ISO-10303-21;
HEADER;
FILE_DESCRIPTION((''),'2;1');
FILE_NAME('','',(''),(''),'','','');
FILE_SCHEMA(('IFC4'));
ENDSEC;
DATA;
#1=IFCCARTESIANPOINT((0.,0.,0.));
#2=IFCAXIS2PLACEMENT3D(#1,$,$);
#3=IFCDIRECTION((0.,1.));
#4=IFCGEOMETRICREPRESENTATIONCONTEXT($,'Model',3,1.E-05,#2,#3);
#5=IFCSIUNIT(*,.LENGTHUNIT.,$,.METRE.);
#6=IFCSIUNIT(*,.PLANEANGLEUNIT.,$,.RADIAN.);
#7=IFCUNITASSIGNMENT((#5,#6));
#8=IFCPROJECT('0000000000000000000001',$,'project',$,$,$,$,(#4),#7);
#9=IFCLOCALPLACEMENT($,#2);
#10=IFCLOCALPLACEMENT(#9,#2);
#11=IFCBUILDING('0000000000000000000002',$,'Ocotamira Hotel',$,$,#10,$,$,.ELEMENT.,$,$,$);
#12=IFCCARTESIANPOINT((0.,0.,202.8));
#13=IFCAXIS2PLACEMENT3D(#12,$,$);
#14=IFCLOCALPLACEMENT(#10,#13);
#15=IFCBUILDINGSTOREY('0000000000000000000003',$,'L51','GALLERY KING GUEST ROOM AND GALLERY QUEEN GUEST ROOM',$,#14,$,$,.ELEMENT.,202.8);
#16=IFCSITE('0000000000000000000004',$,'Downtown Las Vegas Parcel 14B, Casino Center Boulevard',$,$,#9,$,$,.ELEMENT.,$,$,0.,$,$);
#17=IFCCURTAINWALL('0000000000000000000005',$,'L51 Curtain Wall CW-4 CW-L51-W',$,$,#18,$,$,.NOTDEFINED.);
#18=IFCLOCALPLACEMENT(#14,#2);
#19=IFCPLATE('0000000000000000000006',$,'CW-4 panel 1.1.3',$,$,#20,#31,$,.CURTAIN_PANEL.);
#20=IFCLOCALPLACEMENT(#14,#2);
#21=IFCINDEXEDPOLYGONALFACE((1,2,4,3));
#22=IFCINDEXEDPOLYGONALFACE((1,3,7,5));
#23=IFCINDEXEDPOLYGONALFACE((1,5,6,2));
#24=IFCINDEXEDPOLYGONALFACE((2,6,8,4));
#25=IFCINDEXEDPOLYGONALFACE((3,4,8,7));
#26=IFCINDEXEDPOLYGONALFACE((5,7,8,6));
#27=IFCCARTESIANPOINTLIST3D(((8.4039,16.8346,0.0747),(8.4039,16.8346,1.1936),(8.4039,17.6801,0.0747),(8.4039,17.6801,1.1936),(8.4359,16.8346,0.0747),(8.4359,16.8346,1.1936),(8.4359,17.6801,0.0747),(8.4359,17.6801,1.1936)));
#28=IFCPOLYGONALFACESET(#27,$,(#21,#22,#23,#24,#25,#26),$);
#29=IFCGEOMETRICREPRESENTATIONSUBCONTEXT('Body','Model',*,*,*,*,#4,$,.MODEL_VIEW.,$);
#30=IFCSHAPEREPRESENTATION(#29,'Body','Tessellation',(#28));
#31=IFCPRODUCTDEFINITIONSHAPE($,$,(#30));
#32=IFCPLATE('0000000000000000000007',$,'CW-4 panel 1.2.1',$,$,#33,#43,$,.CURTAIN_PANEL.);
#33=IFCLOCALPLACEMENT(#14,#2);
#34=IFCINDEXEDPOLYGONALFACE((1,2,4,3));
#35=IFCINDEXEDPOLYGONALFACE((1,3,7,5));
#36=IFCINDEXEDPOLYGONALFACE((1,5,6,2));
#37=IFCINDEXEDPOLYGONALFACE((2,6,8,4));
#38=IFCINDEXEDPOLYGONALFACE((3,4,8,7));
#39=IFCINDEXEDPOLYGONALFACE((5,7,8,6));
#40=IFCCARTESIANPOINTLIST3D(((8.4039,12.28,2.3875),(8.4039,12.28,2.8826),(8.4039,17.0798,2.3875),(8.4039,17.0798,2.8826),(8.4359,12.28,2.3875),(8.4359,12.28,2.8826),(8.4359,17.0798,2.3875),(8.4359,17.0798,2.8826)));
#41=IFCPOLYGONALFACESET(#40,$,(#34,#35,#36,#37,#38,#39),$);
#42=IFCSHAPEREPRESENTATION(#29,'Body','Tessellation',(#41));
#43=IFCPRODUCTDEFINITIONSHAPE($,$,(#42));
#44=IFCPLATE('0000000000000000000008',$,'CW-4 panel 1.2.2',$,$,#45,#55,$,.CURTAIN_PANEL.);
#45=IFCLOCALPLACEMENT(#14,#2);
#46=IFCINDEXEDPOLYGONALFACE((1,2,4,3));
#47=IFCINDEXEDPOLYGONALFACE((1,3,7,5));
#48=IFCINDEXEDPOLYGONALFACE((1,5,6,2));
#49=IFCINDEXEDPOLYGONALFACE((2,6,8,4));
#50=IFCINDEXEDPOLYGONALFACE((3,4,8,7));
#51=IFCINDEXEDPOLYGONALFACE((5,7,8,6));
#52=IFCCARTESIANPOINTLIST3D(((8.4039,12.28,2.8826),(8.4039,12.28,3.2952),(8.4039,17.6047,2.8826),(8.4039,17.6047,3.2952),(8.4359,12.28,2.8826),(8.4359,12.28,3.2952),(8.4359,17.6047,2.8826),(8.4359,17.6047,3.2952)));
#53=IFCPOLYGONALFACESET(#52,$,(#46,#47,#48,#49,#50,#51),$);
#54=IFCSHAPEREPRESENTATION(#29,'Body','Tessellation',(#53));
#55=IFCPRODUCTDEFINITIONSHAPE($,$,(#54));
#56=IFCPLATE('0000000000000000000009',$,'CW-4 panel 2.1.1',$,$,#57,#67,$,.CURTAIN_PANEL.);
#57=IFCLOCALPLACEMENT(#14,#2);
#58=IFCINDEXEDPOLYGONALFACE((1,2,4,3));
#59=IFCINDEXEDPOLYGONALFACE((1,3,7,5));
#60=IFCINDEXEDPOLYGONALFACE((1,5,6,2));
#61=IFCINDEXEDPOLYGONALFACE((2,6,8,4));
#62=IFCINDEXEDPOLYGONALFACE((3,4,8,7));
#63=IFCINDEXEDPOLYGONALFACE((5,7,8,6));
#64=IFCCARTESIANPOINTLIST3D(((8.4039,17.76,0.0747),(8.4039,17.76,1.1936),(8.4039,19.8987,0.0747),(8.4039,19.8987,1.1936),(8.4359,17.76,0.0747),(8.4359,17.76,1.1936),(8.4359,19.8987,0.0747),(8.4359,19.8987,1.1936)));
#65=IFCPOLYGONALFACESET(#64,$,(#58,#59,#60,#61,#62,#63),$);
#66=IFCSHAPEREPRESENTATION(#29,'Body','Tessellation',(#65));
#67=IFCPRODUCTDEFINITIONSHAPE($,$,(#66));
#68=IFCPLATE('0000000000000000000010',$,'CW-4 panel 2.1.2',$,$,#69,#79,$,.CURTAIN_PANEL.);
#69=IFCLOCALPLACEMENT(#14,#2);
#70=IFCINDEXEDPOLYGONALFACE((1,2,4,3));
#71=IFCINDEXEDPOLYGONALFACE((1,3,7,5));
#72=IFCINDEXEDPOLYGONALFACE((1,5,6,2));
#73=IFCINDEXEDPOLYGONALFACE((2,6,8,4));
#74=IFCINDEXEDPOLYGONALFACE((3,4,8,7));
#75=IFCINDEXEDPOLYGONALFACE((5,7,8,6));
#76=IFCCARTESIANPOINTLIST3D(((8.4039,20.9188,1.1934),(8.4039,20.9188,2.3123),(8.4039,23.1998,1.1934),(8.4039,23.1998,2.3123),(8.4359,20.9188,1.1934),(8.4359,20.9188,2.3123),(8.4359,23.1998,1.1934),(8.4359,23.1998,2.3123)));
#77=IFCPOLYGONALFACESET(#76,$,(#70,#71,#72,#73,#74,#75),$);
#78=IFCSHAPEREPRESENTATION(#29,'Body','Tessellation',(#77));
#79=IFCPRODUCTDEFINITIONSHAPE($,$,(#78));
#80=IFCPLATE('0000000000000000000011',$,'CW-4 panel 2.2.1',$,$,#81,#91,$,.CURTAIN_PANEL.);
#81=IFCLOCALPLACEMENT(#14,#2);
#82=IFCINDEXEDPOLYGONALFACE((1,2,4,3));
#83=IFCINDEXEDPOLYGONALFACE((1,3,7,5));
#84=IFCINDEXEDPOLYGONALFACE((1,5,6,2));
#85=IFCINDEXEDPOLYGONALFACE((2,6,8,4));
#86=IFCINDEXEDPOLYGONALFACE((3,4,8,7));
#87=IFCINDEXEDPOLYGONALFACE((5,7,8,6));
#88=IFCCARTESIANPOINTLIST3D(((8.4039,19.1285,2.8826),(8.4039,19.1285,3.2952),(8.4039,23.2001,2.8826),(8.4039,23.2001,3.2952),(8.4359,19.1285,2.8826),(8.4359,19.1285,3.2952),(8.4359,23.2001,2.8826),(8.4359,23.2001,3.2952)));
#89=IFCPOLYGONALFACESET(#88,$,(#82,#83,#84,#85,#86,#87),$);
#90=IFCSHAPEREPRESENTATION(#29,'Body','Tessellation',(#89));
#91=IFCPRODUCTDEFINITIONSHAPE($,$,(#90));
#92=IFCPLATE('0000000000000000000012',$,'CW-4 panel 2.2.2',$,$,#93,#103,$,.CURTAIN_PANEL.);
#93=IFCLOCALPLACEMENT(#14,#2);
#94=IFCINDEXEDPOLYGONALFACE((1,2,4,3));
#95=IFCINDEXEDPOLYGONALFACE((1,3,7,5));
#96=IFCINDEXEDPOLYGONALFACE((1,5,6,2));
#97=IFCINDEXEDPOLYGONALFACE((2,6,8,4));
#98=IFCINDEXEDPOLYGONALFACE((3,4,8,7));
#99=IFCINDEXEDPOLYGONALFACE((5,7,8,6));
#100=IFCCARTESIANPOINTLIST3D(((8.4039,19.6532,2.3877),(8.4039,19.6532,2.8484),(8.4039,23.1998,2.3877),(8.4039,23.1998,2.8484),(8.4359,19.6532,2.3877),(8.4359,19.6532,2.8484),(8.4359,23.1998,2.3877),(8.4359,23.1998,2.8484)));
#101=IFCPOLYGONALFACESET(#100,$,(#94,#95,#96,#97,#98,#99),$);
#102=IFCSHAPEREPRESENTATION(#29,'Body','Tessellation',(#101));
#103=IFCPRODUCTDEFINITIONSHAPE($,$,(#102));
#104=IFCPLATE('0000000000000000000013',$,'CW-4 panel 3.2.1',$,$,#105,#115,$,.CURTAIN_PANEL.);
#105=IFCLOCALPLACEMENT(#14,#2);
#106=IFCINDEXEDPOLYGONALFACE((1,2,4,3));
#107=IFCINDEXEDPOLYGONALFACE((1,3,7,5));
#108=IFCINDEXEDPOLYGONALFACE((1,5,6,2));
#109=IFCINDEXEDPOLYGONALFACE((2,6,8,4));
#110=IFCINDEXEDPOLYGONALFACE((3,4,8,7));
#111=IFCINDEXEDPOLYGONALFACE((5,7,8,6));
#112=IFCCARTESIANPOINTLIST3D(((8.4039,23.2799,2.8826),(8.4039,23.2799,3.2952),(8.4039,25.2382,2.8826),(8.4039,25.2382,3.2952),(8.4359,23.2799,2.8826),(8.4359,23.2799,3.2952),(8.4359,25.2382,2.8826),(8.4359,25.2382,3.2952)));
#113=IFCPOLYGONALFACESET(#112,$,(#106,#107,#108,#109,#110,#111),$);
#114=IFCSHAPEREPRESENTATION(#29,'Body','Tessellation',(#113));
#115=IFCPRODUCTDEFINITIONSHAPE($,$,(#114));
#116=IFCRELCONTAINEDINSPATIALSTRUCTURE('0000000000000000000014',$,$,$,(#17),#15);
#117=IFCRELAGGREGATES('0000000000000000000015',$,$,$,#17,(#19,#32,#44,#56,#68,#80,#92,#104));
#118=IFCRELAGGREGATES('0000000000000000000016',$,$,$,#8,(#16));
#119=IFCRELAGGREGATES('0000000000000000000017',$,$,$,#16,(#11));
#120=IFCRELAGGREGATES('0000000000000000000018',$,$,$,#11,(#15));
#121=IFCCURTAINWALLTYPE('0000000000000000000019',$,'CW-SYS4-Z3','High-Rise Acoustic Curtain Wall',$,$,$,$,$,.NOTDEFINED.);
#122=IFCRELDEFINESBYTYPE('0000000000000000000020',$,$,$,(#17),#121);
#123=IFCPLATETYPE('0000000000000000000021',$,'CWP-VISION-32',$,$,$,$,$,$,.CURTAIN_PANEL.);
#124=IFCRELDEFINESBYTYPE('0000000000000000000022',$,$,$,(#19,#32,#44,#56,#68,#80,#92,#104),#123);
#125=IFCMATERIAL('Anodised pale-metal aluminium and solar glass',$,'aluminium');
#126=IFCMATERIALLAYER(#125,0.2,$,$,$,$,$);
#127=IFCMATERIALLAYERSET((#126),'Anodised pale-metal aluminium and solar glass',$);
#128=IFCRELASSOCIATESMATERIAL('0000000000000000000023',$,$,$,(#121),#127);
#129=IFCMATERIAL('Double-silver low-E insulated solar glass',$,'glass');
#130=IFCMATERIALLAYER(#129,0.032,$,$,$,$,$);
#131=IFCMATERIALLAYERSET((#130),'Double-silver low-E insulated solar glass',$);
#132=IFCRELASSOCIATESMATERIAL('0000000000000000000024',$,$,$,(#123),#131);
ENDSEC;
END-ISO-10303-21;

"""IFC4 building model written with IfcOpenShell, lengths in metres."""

from ifc_helpers import new_model, si_unit, direction, frame, origin, origin_2d, place, context, subcontext, project, spatial, rectangle, extrude, source, transform, mapped, material, layer, layer_set, type_object, element, aggregate, save


model = new_model("IFC4")

# Units and contexts
model_context = context("Model", 3, precision=1e-05, world=origin(), true_north=direction((0.0, 1.0)))
body_context = subcontext(model_context, "Body", "Model", "MODEL_VIEW")
ifc_project = project(units=[si_unit("LENGTHUNIT", "METRE"), si_unit("PLANEANGLEUNIT", "RADIAN")], contexts=[model_context])

# Site, building, storey
site_placement = place(None, origin())
site = spatial("IfcSite", under=ifc_project, at=site_placement, Name="Downtown Las Vegas Parcel 14B, Casino Center Boulevard", CompositionType="ELEMENT", RefElevation=0.0)
building_placement = place(site_placement, origin())
building = spatial("IfcBuilding", under=site, at=building_placement, Name="Ocotamira Hotel", CompositionType="ELEMENT")
storey_placement = place(building_placement, frame((0.0, 0.0, 202.8)))
storey = spatial("IfcBuildingStorey", under=building, at=storey_placement, Name="L51", Description="GALLERY KING GUEST ROOM AND GALLERY QUEEN GUEST ROOM", CompositionType="ELEMENT", Elevation=202.8)

# Curtain wall
ifc_material_1 = material(Name="Anodised pale-metal aluminium and solar glass", Category="aluminium")
ifc_layer_1 = layer(ifc_material_1, 0.2)
ifc_layer_set_1 = layer_set([ifc_layer_1], Name="Anodised pale-metal aluminium and solar glass")
curtain_wall_type = type_object("IfcCurtainWallType", Name="CW-SYS4-Z3", Description="High-Rise Acoustic Curtain Wall", PredefinedType="NOTDEFINED", material=ifc_layer_set_1)
curtain_wall_placement = place(storey_placement, origin())
curtain_wall = element("IfcCurtainWall", 1, at=curtain_wall_placement, inside=storey, type_object=curtain_wall_type, Name="L51 Curtain Wall CW-4 CW-L51-W", PredefinedType="NOTDEFINED")

# Plates
ifc_material_2 = material(Name="Double-silver low-E insulated solar glass", Category="glass")
ifc_layer_2 = layer(ifc_material_2, 0.032)
ifc_layer_set_2 = layer_set([ifc_layer_2], Name="Double-silver low-E insulated solar glass")
plate_type_1 = type_object("IfcPlateType", Name="CWP-VISION-32", PredefinedType="CURTAIN_PANEL", material=ifc_layer_set_2)
shared_shape_1 = source(origin(), body_context, "Body", "SweptSolid", [
    extrude(rectangle(XDim=0.8455, YDim=0.032, at=origin_2d()), origin(), (0.0, 0.0, 1.0), 1.1189),
])
plate_1_placement = place(storey_placement, frame((8.4199, 17.2573, 0.0747), z_axis=(0.0, 0.0, 1.0), x_axis=(0.0, 1.0, 0.0)))
plate_1 = element("IfcPlate", 2, at=plate_1_placement, type_object=plate_type_1, Name="CW-4 panel 1.1.3", PredefinedType="CURTAIN_PANEL", context=body_context, shape_type="MappedRepresentation", body=[
    mapped(shared_shape_1, transform((0.0, 0.0, 0.0), scale=1.0)),
])
shared_shape_2 = source(origin(), body_context, "Body", "SweptSolid", [
    extrude(rectangle(XDim=4.7998, YDim=0.032, at=origin_2d()), origin(), (0.0, 0.0, 1.0), 0.4951),
])
plate_2_placement = place(storey_placement, frame((8.4199, 14.6799, 2.3875), z_axis=(0.0, 0.0, 1.0), x_axis=(0.0, 1.0, 0.0)))
plate_2 = element("IfcPlate", 3, at=plate_2_placement, type_object=plate_type_1, Name="CW-4 panel 1.2.1", PredefinedType="CURTAIN_PANEL", context=body_context, shape_type="MappedRepresentation", body=[
    mapped(shared_shape_2, transform((0.0, 0.0, 0.0), scale=1.0)),
])
shared_shape_3 = source(origin(), body_context, "Body", "SweptSolid", [
    extrude(rectangle(XDim=5.3247, YDim=0.032, at=origin_2d()), origin(), (0.0, 0.0, 1.0), 0.4126),
])
plate_3_placement = place(storey_placement, frame((8.4199, 14.9424, 2.8826), z_axis=(0.0, 0.0, 1.0), x_axis=(0.0, 1.0, 0.0)))
plate_3 = element("IfcPlate", 4, at=plate_3_placement, type_object=plate_type_1, Name="CW-4 panel 1.2.2", PredefinedType="CURTAIN_PANEL", context=body_context, shape_type="MappedRepresentation", body=[
    mapped(shared_shape_3, transform((0.0, 0.0, 0.0), scale=1.0)),
])
shared_shape_4 = source(origin(), body_context, "Body", "SweptSolid", [
    extrude(rectangle(XDim=2.1387, YDim=0.032, at=origin_2d()), origin(), (0.0, 0.0, 1.0), 1.1189),
])
plate_4_placement = place(storey_placement, frame((8.4199, 18.8293, 0.0747), z_axis=(0.0, 0.0, 1.0), x_axis=(0.0, 1.0, 0.0)))
plate_4 = element("IfcPlate", 5, at=plate_4_placement, type_object=plate_type_1, Name="CW-4 panel 2.1.1", PredefinedType="CURTAIN_PANEL", context=body_context, shape_type="MappedRepresentation", body=[
    mapped(shared_shape_4, transform((0.0, 0.0, 0.0), scale=1.0)),
])
shared_shape_5 = source(origin(), body_context, "Body", "SweptSolid", [
    extrude(rectangle(XDim=2.281, YDim=0.032, at=origin_2d()), origin(), (0.0, 0.0, 1.0), 1.1189),
])
plate_5_placement = place(storey_placement, frame((8.4199, 22.0593, 1.1934), z_axis=(0.0, 0.0, 1.0), x_axis=(0.0, 1.0, 0.0)))
plate_5 = element("IfcPlate", 6, at=plate_5_placement, type_object=plate_type_1, Name="CW-4 panel 2.1.2", PredefinedType="CURTAIN_PANEL", context=body_context, shape_type="MappedRepresentation", body=[
    mapped(shared_shape_5, transform((0.0, 0.0, 0.0), scale=1.0)),
])
shared_shape_6 = source(origin(), body_context, "Body", "SweptSolid", [
    extrude(rectangle(XDim=4.0715, YDim=0.032, at=origin_2d()), origin(), (0.0, 0.0, 1.0), 0.4126),
])
plate_6_placement = place(storey_placement, frame((8.4199, 21.1643, 2.8826), z_axis=(0.0, 0.0, 1.0), x_axis=(0.0, 1.0, 0.0)))
plate_6 = element("IfcPlate", 7, at=plate_6_placement, type_object=plate_type_1, Name="CW-4 panel 2.2.1", PredefinedType="CURTAIN_PANEL", context=body_context, shape_type="MappedRepresentation", body=[
    mapped(shared_shape_6, transform((0.0, 0.0, 0.0), scale=1.0)),
])
shared_shape_7 = source(origin(), body_context, "Body", "SweptSolid", [
    extrude(rectangle(XDim=3.5466, YDim=0.032, at=origin_2d()), origin(), (0.0, 0.0, 1.0), 0.4607),
])
plate_7_placement = place(storey_placement, frame((8.4199, 21.4265, 2.3877), z_axis=(0.0, 0.0, 1.0), x_axis=(0.0, 1.0, 0.0)))
plate_7 = element("IfcPlate", 8, at=plate_7_placement, type_object=plate_type_1, Name="CW-4 panel 2.2.2", PredefinedType="CURTAIN_PANEL", context=body_context, shape_type="MappedRepresentation", body=[
    mapped(shared_shape_7, transform((0.0, 0.0, 0.0), scale=1.0)),
])
shared_shape_8 = source(origin(), body_context, "Body", "SweptSolid", [
    extrude(rectangle(XDim=1.9583, YDim=0.032, at=origin_2d()), origin(), (0.0, 0.0, 1.0), 0.4126),
])
plate_8_placement = place(storey_placement, frame((8.4199, 24.259, 2.8826), z_axis=(0.0, 0.0, 1.0), x_axis=(0.0, 1.0, 0.0)))
plate_8 = element("IfcPlate", 9, at=plate_8_placement, type_object=plate_type_1, Name="CW-4 panel 3.2.1", PredefinedType="CURTAIN_PANEL", context=body_context, shape_type="MappedRepresentation", body=[
    mapped(shared_shape_8, transform((0.0, 0.0, 0.0), scale=1.0)),
])
aggregate(curtain_wall, [plate_1, plate_2, plate_3, plate_4, plate_5, plate_6, plate_7, plate_8])

save(model, "model.ifc")
